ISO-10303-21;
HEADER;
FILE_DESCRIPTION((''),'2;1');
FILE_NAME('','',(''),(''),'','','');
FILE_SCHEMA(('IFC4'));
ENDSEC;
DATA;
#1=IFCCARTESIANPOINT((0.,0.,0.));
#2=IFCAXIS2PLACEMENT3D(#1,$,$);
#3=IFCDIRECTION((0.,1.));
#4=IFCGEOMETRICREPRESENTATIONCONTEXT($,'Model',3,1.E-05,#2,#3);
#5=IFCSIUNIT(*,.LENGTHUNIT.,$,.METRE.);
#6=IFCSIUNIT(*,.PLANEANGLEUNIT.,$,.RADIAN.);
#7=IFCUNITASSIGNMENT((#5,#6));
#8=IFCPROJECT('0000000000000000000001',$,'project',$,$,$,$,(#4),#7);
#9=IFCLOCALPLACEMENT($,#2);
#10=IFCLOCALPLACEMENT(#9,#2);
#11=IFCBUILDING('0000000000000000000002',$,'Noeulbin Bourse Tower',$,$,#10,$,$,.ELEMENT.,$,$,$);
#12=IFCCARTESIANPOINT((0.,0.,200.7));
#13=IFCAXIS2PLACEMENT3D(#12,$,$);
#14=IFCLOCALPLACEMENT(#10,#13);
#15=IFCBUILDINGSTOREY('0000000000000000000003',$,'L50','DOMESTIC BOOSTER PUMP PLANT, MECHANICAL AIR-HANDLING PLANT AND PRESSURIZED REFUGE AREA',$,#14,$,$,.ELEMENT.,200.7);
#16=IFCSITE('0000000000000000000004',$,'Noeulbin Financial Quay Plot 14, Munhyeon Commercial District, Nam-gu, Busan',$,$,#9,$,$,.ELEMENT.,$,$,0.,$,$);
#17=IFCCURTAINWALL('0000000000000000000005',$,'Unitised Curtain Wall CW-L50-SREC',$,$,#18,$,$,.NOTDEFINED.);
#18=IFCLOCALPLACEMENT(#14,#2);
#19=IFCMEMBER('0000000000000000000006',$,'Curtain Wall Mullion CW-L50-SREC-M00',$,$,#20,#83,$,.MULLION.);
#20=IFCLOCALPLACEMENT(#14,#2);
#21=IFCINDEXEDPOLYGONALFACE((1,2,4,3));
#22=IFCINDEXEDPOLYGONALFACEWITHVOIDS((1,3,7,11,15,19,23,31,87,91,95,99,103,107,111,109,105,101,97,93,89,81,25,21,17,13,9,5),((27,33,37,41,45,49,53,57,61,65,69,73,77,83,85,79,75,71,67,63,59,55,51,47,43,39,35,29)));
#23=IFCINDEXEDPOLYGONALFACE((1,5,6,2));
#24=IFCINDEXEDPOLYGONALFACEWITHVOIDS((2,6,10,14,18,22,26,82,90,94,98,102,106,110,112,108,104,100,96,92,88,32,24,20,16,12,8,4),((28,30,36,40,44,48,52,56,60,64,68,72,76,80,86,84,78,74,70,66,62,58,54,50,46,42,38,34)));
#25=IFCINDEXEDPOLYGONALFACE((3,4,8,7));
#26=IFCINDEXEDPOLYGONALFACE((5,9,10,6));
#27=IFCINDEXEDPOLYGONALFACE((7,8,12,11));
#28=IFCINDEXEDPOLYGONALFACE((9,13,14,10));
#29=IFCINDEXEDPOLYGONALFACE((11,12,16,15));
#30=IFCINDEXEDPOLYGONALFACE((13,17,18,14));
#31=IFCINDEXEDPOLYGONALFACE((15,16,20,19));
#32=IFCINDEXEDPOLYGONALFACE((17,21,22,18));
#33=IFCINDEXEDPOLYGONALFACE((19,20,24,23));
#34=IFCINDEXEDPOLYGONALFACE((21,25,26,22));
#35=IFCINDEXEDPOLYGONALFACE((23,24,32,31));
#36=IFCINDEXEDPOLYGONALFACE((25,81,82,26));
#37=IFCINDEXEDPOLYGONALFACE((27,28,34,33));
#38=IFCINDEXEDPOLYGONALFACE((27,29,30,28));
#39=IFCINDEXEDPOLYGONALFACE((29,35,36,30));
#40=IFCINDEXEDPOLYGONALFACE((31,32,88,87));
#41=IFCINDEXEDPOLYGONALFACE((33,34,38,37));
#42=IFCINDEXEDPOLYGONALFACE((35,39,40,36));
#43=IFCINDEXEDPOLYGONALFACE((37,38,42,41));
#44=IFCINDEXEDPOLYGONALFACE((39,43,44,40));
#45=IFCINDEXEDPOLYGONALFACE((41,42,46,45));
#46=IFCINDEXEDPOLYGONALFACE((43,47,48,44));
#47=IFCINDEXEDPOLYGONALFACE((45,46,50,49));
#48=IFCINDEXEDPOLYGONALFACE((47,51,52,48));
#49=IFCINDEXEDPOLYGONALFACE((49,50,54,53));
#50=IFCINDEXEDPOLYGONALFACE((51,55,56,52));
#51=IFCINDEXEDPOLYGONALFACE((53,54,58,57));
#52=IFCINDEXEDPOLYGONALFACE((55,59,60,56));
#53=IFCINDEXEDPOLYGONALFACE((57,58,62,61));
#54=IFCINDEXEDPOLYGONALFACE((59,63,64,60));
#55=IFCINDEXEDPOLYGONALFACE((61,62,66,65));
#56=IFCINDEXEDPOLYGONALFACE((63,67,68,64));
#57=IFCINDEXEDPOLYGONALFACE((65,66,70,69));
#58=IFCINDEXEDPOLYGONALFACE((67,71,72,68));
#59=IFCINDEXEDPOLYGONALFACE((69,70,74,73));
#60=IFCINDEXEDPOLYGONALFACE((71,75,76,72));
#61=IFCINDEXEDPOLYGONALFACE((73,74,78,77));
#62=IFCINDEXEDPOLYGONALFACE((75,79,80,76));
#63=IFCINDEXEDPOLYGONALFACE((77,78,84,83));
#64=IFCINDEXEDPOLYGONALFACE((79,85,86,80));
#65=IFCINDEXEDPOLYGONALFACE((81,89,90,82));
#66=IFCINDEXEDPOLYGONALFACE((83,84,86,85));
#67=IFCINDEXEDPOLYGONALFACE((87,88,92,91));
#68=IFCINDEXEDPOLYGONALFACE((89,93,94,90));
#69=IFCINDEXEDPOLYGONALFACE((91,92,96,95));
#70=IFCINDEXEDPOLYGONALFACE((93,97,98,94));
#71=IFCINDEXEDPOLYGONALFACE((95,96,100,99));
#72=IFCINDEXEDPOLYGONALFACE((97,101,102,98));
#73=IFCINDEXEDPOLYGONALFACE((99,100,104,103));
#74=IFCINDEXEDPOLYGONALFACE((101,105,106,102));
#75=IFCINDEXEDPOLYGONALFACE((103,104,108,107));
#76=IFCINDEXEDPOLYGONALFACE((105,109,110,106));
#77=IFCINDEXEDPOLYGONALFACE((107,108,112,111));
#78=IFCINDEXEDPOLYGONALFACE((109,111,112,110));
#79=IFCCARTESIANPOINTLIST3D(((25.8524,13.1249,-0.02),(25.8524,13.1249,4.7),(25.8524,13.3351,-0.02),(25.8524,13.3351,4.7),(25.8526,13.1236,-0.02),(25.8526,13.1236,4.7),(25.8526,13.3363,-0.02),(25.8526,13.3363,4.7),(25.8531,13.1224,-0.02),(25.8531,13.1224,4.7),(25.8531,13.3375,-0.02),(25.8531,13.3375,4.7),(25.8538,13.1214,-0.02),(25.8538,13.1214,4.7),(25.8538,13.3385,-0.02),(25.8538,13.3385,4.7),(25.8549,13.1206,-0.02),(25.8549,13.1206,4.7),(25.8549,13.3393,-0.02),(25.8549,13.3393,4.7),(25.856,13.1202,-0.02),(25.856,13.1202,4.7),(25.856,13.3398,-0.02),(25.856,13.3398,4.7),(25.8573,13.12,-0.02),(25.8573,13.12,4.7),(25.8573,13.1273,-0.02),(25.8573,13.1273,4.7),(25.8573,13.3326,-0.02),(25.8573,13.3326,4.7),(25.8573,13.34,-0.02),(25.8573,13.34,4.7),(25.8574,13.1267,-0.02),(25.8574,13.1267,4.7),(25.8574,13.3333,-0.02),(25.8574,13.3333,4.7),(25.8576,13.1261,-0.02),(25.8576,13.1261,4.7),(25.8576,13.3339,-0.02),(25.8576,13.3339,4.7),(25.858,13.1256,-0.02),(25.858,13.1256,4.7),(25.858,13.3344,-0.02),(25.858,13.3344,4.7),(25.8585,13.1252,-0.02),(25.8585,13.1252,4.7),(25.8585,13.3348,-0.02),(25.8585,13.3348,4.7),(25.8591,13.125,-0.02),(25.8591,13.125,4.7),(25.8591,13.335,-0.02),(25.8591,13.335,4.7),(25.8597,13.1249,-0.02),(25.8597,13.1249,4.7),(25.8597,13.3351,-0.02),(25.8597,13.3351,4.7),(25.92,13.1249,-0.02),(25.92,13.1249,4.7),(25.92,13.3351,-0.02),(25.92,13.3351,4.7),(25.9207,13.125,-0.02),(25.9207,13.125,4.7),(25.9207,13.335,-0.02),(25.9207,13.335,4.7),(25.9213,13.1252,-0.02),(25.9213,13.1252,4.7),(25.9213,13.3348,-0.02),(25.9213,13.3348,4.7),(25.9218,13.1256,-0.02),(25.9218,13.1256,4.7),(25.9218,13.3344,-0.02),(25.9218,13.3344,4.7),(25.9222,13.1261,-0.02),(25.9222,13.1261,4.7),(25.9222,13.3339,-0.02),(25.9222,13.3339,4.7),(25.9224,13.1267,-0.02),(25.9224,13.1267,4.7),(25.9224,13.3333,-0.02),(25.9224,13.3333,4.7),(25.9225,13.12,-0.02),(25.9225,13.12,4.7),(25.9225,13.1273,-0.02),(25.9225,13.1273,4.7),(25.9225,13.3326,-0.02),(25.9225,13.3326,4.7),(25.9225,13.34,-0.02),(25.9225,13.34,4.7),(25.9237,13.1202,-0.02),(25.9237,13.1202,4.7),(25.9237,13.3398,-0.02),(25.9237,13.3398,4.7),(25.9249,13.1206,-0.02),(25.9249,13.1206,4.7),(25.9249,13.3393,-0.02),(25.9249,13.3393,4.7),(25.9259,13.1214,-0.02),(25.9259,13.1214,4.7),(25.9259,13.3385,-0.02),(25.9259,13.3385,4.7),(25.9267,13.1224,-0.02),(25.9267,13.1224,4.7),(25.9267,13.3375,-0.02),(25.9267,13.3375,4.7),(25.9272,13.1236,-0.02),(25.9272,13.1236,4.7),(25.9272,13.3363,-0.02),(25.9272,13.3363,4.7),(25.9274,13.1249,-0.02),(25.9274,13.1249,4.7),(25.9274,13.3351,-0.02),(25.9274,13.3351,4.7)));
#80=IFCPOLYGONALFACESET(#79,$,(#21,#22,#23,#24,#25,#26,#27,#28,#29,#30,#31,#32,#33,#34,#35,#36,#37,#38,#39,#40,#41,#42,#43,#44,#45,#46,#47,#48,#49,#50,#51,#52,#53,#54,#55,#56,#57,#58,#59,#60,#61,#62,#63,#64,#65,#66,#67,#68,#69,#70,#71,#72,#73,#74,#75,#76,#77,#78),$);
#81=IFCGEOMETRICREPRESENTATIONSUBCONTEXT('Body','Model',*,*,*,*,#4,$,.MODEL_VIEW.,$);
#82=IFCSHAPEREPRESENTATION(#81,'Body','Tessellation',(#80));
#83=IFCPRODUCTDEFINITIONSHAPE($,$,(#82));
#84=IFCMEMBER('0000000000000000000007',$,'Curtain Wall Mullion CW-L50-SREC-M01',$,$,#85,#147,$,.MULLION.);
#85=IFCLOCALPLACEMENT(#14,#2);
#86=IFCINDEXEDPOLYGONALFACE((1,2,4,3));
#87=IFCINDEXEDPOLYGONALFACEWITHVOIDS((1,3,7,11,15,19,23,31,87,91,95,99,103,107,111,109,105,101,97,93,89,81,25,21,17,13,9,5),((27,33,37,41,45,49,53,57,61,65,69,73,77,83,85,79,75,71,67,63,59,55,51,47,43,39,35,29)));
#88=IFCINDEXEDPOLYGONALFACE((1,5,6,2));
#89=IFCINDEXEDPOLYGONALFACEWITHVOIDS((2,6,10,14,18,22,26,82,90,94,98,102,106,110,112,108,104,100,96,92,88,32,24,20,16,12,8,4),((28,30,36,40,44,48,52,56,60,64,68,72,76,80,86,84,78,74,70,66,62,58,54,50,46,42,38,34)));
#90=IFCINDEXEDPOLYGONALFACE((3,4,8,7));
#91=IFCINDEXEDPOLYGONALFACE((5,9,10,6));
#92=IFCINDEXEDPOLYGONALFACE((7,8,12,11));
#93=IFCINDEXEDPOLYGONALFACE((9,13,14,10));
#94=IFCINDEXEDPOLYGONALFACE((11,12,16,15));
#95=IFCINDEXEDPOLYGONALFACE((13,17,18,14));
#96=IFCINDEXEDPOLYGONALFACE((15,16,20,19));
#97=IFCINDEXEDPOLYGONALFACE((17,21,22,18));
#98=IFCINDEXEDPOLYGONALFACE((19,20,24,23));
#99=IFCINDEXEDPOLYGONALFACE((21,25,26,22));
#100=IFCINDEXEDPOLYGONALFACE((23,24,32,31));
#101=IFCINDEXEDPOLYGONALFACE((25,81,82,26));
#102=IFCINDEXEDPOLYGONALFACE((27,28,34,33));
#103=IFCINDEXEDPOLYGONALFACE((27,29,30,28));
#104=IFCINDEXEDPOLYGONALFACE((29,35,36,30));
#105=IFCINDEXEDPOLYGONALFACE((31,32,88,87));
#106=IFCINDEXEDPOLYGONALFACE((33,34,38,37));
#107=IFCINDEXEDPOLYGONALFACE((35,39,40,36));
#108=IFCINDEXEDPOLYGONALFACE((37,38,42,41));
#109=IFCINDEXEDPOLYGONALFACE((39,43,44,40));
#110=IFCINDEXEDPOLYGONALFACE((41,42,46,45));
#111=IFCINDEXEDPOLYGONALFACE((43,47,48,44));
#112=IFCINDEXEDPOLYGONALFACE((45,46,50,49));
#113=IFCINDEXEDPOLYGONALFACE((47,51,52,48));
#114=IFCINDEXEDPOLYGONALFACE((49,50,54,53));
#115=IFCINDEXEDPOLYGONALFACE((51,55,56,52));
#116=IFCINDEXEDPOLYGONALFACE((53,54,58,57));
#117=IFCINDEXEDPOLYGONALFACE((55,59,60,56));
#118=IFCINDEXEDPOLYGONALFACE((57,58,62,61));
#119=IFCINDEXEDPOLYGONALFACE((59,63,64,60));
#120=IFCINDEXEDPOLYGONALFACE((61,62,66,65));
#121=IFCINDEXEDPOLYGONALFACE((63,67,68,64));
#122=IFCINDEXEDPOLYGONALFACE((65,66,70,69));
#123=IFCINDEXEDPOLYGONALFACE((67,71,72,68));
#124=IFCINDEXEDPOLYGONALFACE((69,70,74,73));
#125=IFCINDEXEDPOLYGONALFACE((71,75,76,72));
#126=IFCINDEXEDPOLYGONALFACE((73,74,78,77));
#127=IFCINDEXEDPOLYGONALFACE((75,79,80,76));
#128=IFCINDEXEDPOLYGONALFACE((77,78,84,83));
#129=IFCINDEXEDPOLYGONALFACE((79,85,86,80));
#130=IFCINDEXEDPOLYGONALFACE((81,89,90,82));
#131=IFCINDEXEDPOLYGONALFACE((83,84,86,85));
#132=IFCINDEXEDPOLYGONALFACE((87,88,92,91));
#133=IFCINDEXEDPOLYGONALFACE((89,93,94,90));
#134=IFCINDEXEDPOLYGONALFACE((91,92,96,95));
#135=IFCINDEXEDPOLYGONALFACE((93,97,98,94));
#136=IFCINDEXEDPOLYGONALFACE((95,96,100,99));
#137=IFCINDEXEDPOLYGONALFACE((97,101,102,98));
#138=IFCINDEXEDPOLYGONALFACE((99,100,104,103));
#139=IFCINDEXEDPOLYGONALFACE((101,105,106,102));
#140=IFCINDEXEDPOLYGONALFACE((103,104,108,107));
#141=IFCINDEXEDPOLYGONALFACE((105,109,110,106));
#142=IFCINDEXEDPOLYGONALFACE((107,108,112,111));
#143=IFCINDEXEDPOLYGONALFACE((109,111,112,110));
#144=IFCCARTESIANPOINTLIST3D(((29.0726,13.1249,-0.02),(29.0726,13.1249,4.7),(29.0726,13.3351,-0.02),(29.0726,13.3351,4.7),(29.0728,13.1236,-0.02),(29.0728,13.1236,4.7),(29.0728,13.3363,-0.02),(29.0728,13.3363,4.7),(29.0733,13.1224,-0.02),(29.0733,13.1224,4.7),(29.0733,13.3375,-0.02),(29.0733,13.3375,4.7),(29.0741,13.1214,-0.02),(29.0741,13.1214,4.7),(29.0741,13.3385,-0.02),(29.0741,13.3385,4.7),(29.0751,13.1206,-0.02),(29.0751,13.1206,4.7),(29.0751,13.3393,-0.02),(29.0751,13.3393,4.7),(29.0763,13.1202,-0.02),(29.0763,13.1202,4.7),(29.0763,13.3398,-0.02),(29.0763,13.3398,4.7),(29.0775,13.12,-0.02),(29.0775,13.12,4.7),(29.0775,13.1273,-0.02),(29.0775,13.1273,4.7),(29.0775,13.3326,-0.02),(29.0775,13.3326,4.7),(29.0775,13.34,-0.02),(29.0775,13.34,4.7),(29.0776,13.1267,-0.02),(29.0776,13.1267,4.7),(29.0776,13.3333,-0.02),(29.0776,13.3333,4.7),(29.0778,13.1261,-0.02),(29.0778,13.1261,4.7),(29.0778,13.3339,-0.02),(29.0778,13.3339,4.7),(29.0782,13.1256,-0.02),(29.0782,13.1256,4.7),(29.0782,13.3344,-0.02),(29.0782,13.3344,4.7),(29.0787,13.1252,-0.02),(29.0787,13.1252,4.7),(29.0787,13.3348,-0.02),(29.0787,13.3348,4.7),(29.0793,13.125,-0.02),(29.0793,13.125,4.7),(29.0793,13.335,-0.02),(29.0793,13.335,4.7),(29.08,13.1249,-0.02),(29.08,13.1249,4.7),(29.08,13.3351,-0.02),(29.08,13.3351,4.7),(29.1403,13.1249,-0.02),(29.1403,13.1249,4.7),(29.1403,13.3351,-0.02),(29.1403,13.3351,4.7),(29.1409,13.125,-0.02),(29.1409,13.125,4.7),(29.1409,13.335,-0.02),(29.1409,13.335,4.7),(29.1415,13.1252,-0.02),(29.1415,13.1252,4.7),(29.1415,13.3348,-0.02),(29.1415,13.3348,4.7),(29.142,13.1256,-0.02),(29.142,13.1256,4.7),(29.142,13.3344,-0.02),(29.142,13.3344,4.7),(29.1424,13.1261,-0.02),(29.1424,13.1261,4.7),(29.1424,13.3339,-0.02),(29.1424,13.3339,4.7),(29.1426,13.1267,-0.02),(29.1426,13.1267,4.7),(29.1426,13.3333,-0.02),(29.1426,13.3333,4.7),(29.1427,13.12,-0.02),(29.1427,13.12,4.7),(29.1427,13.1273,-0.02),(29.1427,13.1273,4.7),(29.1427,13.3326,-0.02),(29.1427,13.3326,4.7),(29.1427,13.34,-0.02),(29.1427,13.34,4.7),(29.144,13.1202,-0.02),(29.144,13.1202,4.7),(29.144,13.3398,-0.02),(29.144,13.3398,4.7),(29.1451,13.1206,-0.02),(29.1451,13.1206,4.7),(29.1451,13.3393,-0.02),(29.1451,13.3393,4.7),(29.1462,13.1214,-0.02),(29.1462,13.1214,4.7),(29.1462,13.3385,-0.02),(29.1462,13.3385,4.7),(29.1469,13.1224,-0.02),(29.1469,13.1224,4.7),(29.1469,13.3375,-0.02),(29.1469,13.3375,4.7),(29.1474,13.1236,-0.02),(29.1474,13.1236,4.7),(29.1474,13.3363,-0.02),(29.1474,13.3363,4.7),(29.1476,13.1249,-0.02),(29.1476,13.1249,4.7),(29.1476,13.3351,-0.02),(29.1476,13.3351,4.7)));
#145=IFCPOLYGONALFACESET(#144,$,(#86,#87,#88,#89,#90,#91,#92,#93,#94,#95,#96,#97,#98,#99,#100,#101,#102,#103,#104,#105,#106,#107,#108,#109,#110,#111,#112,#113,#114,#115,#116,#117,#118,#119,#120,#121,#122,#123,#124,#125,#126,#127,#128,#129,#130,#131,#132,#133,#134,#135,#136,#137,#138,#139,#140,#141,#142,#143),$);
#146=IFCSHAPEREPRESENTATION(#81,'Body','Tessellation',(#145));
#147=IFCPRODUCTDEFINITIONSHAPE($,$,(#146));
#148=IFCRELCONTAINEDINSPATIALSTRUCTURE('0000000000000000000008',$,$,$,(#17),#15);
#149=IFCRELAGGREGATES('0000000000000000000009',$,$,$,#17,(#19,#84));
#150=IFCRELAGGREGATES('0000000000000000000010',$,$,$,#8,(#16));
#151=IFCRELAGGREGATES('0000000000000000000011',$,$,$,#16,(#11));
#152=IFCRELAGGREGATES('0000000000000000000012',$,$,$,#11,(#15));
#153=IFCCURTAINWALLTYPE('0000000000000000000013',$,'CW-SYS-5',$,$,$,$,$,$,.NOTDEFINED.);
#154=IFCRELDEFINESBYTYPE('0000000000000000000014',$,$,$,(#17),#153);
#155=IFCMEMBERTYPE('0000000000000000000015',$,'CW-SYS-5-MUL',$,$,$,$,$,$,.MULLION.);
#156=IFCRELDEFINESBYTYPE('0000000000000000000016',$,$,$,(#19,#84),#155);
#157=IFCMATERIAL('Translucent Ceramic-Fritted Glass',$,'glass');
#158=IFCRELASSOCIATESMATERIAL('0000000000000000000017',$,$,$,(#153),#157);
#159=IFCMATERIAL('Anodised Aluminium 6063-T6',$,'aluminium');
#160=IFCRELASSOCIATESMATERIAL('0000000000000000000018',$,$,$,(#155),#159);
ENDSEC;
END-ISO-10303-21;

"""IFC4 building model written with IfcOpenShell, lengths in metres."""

from ifc_helpers import new_model, si_unit, direction, frame, origin, origin_2d, place, context, subcontext, project, spatial, hollow_rectangle, extrude, material, material_profile, profile_set, type_object, element, aggregate, save


model = new_model("IFC4")

# Units and contexts
model_context = context("Model", 3, precision=1e-05, world=origin(), true_north=direction((0.0, 1.0)))
body_context = subcontext(model_context, "Body", "Model", "MODEL_VIEW")
ifc_project = project(units=[si_unit("LENGTHUNIT", "METRE"), si_unit("PLANEANGLEUNIT", "RADIAN")], contexts=[model_context])

# Site, building, storey
site_placement = place(None, origin())
site = spatial("IfcSite", under=ifc_project, at=site_placement, Name="Noeulbin Financial Quay Plot 14, Munhyeon Commercial District, Nam-gu, Busan", CompositionType="ELEMENT", RefElevation=0.0)
building_placement = place(site_placement, origin())
building = spatial("IfcBuilding", under=site, at=building_placement, Name="Noeulbin Bourse Tower", CompositionType="ELEMENT")
storey_placement = place(building_placement, frame((0.0, 0.0, 200.7)))
storey = spatial("IfcBuildingStorey", under=building, at=storey_placement, Name="L50", Description="DOMESTIC BOOSTER PUMP PLANT, MECHANICAL AIR-HANDLING PLANT AND PRESSURIZED REFUGE AREA", CompositionType="ELEMENT", Elevation=200.7)

# Curtain wall, members
ifc_material_1 = material(Name="Translucent Ceramic-Fritted Glass", Category="glass")
curtain_wall_type = type_object("IfcCurtainWallType", Name="CW-SYS-5", PredefinedType="NOTDEFINED", material=ifc_material_1)
curtain_wall_1_placement = place(storey_placement, origin())
curtain_wall_1 = element("IfcCurtainWall", 1, at=curtain_wall_1_placement, inside=storey, type_object=curtain_wall_type, Name="Unitised Curtain Wall CW-L50-SREC", PredefinedType="NOTDEFINED")
ifc_material_2 = material(Name="Anodised Aluminium 6063-T6", Category="aluminium")
ifc_material_profile_1 = material_profile(ifc_material_2, hollow_rectangle(XDim=0.075, YDim=0.22, WallThickness=0.0049, InnerFilletRadius=0.0024, OuterFilletRadius=0.0049, at=origin_2d()), Name="ALU-MULL-75x220x5", Category="LoadBearing")
ifc_profile_set_1 = profile_set([ifc_material_profile_1], Name="Anodised Aluminium 6063-T6")
member_type_1 = type_object("IfcMemberType", Name="CW-SYS-5-MUL", PredefinedType="MULLION", material=ifc_profile_set_1)
member_1_placement = place(storey_placement, frame((25.8899, 13.23, -0.02), z_axis=(0.0, 0.0, 1.0), x_axis=(1.0, 0.0, 0.0)))
member_1 = element("IfcMember", 2, at=member_1_placement, type_object=member_type_1, Name="Curtain Wall Mullion CW-L50-SREC-M00", PredefinedType="MULLION", context=body_context, shape_type="SweptSolid", body=[
    extrude(hollow_rectangle(XDim=0.075, YDim=0.22, WallThickness=0.0049, InnerFilletRadius=0.0024, OuterFilletRadius=0.0049, at=origin_2d()), origin(), (0.0, 0.0, 1.0), 4.72),
])
member_2_placement = place(storey_placement, frame((29.1101, 13.23, -0.02), z_axis=(0.0, 0.0, 1.0), x_axis=(1.0, 0.0, 0.0)))
member_2 = element("IfcMember", 3, at=member_2_placement, type_object=member_type_1, Name="Curtain Wall Mullion CW-L50-SREC-M01", PredefinedType="MULLION", context=body_context, shape_type="SweptSolid", body=[
    extrude(hollow_rectangle(XDim=0.075, YDim=0.22, WallThickness=0.0049, InnerFilletRadius=0.0024, OuterFilletRadius=0.0049, at=origin_2d()), origin(), (0.0, 0.0, 1.0), 4.72),
])

aggregate(curtain_wall_1, [member_1, member_2])

save(model, "model.ifc")
